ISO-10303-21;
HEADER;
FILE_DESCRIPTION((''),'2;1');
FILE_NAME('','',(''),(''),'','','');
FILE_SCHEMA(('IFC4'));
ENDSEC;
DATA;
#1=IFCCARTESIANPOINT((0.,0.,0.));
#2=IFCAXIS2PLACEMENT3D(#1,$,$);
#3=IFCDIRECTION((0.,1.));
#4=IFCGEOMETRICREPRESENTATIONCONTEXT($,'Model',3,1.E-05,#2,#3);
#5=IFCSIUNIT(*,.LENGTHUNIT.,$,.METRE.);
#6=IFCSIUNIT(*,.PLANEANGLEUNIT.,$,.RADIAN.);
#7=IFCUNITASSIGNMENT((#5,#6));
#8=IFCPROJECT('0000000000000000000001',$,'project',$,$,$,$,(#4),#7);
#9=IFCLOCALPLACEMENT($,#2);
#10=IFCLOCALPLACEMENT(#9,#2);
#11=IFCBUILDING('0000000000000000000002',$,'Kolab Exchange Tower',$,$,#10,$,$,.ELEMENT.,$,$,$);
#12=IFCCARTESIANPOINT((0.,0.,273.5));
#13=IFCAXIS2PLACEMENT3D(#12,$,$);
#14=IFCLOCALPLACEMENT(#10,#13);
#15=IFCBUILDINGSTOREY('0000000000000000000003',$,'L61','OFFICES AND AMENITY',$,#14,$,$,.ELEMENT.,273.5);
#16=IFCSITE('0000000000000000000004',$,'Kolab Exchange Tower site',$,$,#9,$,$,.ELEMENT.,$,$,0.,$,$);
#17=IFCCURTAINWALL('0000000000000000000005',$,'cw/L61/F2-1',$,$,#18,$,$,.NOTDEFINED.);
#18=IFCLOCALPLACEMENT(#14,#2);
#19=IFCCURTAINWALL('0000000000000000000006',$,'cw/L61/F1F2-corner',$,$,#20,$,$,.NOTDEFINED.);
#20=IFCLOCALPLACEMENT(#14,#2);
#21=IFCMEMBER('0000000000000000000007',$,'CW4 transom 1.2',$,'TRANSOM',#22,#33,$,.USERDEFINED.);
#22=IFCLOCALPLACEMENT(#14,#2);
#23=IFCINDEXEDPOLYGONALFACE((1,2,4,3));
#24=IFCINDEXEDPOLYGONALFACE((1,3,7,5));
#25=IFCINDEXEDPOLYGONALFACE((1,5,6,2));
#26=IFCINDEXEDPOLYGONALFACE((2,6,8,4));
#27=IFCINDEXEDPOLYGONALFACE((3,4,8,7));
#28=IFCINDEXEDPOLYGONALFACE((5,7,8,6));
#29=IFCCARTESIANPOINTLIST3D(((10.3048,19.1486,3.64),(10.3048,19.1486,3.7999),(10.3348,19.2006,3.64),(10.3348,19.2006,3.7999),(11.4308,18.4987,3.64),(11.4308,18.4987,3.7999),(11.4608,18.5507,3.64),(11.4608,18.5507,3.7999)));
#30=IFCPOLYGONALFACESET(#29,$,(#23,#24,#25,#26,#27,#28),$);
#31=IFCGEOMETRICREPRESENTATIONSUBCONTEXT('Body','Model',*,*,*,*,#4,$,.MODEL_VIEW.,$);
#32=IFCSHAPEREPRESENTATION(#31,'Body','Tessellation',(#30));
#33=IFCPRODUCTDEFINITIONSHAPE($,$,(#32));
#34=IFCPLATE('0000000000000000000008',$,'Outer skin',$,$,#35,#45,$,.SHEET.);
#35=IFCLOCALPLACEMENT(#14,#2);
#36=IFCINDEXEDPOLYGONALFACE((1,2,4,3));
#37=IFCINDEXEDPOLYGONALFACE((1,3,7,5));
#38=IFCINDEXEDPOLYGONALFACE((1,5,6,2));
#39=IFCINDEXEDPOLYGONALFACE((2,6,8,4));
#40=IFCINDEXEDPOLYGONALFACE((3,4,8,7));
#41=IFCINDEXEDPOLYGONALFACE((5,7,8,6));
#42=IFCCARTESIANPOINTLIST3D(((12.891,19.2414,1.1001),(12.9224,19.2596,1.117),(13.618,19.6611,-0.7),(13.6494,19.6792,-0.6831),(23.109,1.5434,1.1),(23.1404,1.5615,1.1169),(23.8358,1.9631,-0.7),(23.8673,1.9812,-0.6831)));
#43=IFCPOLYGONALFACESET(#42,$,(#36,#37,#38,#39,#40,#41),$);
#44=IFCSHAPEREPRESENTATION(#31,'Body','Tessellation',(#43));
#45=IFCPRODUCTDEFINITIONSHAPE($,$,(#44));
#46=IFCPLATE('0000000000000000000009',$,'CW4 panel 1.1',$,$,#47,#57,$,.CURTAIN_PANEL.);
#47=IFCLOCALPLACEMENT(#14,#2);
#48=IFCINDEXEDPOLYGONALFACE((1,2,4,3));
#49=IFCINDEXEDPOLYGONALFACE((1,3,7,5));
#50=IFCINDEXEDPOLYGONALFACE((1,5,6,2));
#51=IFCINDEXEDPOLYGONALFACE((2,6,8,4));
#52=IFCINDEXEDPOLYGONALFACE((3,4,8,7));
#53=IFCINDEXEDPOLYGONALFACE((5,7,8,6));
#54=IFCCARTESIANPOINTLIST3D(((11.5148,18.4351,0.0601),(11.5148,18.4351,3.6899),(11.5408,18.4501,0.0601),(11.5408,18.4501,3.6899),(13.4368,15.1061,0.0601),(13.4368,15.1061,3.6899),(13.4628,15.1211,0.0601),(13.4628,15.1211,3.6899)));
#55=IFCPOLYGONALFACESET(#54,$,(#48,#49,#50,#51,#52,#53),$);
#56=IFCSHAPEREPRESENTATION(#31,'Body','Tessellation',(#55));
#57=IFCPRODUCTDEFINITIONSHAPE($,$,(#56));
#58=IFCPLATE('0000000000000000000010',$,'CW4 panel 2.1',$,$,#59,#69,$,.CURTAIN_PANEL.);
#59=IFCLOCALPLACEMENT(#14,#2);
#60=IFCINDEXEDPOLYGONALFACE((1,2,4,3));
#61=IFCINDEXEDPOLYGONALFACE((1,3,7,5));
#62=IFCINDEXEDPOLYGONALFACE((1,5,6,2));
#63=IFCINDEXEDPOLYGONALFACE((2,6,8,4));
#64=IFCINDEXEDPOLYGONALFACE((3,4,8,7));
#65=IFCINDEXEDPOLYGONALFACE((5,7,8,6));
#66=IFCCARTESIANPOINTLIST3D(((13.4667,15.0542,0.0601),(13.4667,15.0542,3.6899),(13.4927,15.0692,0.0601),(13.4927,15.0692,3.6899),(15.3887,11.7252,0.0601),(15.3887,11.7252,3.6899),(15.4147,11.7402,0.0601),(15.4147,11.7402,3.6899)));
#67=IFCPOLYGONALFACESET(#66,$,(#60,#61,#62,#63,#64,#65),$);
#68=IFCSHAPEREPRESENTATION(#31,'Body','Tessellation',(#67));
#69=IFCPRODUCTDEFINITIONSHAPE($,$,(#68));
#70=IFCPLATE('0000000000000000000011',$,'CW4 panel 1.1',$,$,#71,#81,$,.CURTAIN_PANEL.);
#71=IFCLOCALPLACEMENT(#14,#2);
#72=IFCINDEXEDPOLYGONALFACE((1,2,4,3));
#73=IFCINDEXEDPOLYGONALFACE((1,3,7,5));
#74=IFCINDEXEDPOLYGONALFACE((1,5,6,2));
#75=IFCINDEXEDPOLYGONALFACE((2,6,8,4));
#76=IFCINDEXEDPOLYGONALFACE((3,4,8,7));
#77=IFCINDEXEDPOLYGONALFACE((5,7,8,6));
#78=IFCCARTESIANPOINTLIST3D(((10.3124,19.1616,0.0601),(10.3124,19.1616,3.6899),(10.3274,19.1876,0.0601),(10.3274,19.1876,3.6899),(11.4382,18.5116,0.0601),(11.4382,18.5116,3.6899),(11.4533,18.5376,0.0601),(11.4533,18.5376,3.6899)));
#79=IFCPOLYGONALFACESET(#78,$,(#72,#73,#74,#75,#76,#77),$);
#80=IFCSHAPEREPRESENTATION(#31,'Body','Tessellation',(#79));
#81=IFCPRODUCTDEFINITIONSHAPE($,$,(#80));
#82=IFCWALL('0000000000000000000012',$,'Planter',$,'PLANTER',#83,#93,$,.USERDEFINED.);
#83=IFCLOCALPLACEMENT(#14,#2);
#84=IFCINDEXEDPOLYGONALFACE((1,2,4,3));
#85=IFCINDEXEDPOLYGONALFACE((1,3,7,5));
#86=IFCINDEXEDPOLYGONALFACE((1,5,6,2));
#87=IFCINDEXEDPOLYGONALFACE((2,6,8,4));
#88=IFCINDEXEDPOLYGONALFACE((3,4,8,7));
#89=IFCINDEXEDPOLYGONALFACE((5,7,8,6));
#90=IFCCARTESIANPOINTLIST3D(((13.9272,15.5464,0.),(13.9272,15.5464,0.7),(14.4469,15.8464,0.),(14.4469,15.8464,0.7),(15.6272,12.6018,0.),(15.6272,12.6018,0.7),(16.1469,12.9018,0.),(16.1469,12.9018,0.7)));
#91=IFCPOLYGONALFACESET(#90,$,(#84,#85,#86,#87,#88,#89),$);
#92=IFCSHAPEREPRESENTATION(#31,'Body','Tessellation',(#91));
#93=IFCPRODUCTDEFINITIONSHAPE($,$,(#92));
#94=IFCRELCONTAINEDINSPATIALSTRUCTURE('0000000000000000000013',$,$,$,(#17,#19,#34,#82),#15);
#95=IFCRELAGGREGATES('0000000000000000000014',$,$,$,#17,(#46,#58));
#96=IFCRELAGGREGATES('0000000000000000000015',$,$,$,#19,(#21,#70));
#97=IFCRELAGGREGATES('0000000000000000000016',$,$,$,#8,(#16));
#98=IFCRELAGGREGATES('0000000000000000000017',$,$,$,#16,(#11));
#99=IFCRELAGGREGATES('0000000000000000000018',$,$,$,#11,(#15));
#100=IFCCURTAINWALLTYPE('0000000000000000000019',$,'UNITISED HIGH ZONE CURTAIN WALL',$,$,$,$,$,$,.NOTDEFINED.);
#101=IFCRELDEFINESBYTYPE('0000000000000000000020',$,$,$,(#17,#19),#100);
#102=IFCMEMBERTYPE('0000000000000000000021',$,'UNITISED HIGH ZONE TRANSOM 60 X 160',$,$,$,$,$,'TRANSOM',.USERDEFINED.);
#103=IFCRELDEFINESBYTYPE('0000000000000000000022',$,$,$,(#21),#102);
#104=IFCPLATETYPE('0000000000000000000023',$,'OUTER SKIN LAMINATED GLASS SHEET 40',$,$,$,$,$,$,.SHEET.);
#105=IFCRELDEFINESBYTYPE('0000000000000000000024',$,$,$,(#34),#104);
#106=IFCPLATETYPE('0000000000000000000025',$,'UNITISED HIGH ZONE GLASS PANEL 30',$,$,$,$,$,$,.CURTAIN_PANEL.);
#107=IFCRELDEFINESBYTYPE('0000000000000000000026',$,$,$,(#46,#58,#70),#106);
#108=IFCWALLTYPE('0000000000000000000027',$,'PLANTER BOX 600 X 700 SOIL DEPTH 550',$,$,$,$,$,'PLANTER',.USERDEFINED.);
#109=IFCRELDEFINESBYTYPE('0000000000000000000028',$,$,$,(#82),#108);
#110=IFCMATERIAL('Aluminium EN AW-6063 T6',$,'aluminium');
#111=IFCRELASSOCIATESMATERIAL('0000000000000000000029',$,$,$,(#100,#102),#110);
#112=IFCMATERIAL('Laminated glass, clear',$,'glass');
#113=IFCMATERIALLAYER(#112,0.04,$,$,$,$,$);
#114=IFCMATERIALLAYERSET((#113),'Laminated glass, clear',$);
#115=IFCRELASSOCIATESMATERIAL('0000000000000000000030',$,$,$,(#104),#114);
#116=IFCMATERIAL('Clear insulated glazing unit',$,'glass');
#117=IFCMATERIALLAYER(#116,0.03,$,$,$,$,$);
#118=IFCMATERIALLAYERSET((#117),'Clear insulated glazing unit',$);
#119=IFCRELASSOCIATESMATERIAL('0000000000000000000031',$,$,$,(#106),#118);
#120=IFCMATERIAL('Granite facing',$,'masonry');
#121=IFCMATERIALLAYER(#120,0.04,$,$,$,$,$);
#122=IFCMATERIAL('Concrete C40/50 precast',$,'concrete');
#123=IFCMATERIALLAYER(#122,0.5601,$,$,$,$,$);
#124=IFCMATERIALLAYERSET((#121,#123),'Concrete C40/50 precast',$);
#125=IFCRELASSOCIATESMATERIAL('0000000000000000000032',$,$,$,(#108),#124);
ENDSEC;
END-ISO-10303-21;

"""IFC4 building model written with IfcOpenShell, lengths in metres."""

from ifc_helpers import new_model, si_unit, direction, frame, frame_2d, origin, origin_2d, place, context, subcontext, project, spatial, polyline, rectangle, outline, extrude, material, layer, layer_set, material_profile, profile_set, type_object, element, aggregate, save


model = new_model("IFC4")

# Units and contexts
model_context = context("Model", 3, precision=1e-05, world=origin(), true_north=direction((0.0, 1.0)))
body_context = subcontext(model_context, "Body", "Model", "MODEL_VIEW")
ifc_project = project(units=[si_unit("LENGTHUNIT", "METRE"), si_unit("PLANEANGLEUNIT", "RADIAN")], contexts=[model_context])

# Site, building, storey
site_placement = place(None, origin())
site = spatial("IfcSite", under=ifc_project, at=site_placement, Name="Kolab Exchange Tower site", CompositionType="ELEMENT", RefElevation=0.0)
building_placement = place(site_placement, origin())
building = spatial("IfcBuilding", under=site, at=building_placement, Name="Kolab Exchange Tower", CompositionType="ELEMENT")
storey_placement = place(building_placement, frame((0.0, 0.0, 273.5)))
storey = spatial("IfcBuildingStorey", under=building, at=storey_placement, Name="L61", Description="OFFICES AND AMENITY", CompositionType="ELEMENT", Elevation=273.5)

# Curtain wall
ifc_material_1 = material(Name="Aluminium EN AW-6063 T6", Category="aluminium")
curtain_wall_type = type_object("IfcCurtainWallType", Name="UNITISED HIGH ZONE CURTAIN WALL", PredefinedType="NOTDEFINED", material=ifc_material_1)
curtain_wall_1_placement = place(storey_placement, origin())
curtain_wall_1 = element("IfcCurtainWall", 1, at=curtain_wall_1_placement, inside=storey, type_object=curtain_wall_type, Name="cw/L61/F2-1", PredefinedType="NOTDEFINED")

# Curtain wall
curtain_wall_2_placement = place(storey_placement, origin())
curtain_wall_2 = element("IfcCurtainWall", 2, at=curtain_wall_2_placement, inside=storey, type_object=curtain_wall_type, Name="cw/L61/F1F2-corner", PredefinedType="NOTDEFINED")

# Member
ifc_material_profile_1 = material_profile(ifc_material_1, rectangle(XDim=0.0601, YDim=0.1599, at=origin_2d()), Name="RECT 60X160")
ifc_profile_set_1 = profile_set([ifc_material_profile_1], Name="Aluminium EN AW-6063 T6")
member_type_1 = type_object("IfcMemberType", Name="UNITISED HIGH ZONE TRANSOM 60 X 160", ElementType="TRANSOM", PredefinedType="USERDEFINED", material=ifc_profile_set_1)
member_1_placement = place(storey_placement, frame((10.3198, 19.1746, 3.72), z_axis=(0.866086, -0.499896, 0.0), x_axis=(0.499896, 0.866086, 0.0)))
member_1 = element("IfcMember", 3, at=member_1_placement, type_object=member_type_1, Name="CW4 transom 1.2", ObjectType="TRANSOM", PredefinedType="USERDEFINED", context=body_context, shape_type="SweptSolid", body=[
    extrude(rectangle(XDim=0.0601, YDim=0.1599, at=origin_2d()), origin(), (0.0, 0.0, 1.0), 1.3),
])

# Plates
ifc_material_2 = material(Name="Laminated glass, clear", Category="glass")
ifc_layer_1 = layer(ifc_material_2, 0.04)
ifc_layer_set_1 = layer_set([ifc_layer_1], Name="Laminated glass, clear")
plate_type_1 = type_object("IfcPlateType", Name="OUTER SKIN LAMINATED GLASS SHEET 40", PredefinedType="SHEET", material=ifc_layer_set_1)
plate_1_placement = place(storey_placement, frame((13.6494, 19.6792, -0.6831), z_axis=(0.784886, 0.453152, 0.422619), x_axis=(0.499997, -0.866027, 0.000002)))
element("IfcPlate", 4, at=plate_1_placement, inside=storey, type_object=plate_type_1, Name="Outer skin", PredefinedType="SHEET", context=body_context, shape_type="SweptSolid", body=[
    extrude(outline(polyline([(0.0, 0.0), (20.4358, 0.0), (20.4359, -1.9861), (-0.0001, -1.9862), (0.0, 0.0)])), origin(), (0.0, 0.0, -1.0), 0.04),
])
ifc_material_3 = material(Name="Clear insulated glazing unit", Category="glass")
ifc_layer_2 = layer(ifc_material_3, 0.03)
ifc_layer_set_2 = layer_set([ifc_layer_2], Name="Clear insulated glazing unit")
plate_type_2 = type_object("IfcPlateType", Name="UNITISED HIGH ZONE GLASS PANEL 30", PredefinedType="CURTAIN_PANEL", material=ifc_layer_set_2)
plate_2_placement = place(storey_placement, frame((12.4888, 16.7781, 0.0601), z_axis=(0.0, 0.0, 1.0), x_axis=(0.5, -0.866025, 0.0)))
plate_2 = element("IfcPlate", 5, at=plate_2_placement, type_object=plate_type_2, Name="CW4 panel 1.1", PredefinedType="CURTAIN_PANEL", context=body_context, shape_type="SweptSolid", body=[
    extrude(rectangle(XDim=3.844, YDim=0.03, at=origin_2d()), origin(), (0.0, 0.0, 1.0), 3.6299),
])
plate_3_placement = place(storey_placement, frame((14.4407, 13.3972, 0.0601), z_axis=(0.0, 0.0, 1.0), x_axis=(0.5, -0.866025, 0.0)))
plate_3 = element("IfcPlate", 6, at=plate_3_placement, type_object=plate_type_2, Name="CW4 panel 2.1", PredefinedType="CURTAIN_PANEL", context=body_context, shape_type="SweptSolid", body=[
    extrude(rectangle(XDim=3.844, YDim=0.03, at=origin_2d()), origin(), (0.0, 0.0, 1.0), 3.6299),
])
aggregate(curtain_wall_1, [plate_2, plate_3])
plate_4_placement = place(storey_placement, frame((10.8828, 18.8496, 0.0601), z_axis=(0.0, 0.0, 1.0), x_axis=(0.866025, -0.5, 0.0)))
plate_4 = element("IfcPlate", 7, at=plate_4_placement, type_object=plate_type_2, Name="CW4 panel 1.1", PredefinedType="CURTAIN_PANEL", context=body_context, shape_type="SweptSolid", body=[
    extrude(rectangle(XDim=1.3, YDim=0.03, at=origin_2d()), origin(), (0.0, 0.0, 1.0), 3.6299),
])
aggregate(curtain_wall_2, [member_1, plate_4])

# Wall
ifc_material_4 = material(Name="Granite facing", Category="masonry")
ifc_layer_3 = layer(ifc_material_4, 0.04)
ifc_material_5 = material(Name="Concrete C40/50 precast", Category="concrete")
ifc_layer_4 = layer(ifc_material_5, 0.5601)
ifc_layer_set_3 = layer_set([ifc_layer_3, ifc_layer_4], Name="Concrete C40/50 precast")
wall_type_1 = type_object("IfcWallType", Name="PLANTER BOX 600 X 700 SOIL DEPTH 550", ElementType="PLANTER", PredefinedType="USERDEFINED", material=ifc_layer_set_3)
wall_1_placement = place(storey_placement, frame((14.187, 15.6965, 0.0), z_axis=(0.0, 0.0, 1.0), x_axis=(0.499977, -0.866039, 0.0)))
element("IfcWall", 8, at=wall_1_placement, inside=storey, type_object=wall_type_1, Name="Planter", ObjectType="PLANTER", PredefinedType="USERDEFINED", context=body_context, shape_type="SweptSolid", body=[
    extrude(rectangle(XDim=3.4001, YDim=0.6001, at=frame_2d((1.7002, 0.0))), origin(), (0.0, 0.0, 1.0), 0.7),
])

save(model, "model.ifc")
